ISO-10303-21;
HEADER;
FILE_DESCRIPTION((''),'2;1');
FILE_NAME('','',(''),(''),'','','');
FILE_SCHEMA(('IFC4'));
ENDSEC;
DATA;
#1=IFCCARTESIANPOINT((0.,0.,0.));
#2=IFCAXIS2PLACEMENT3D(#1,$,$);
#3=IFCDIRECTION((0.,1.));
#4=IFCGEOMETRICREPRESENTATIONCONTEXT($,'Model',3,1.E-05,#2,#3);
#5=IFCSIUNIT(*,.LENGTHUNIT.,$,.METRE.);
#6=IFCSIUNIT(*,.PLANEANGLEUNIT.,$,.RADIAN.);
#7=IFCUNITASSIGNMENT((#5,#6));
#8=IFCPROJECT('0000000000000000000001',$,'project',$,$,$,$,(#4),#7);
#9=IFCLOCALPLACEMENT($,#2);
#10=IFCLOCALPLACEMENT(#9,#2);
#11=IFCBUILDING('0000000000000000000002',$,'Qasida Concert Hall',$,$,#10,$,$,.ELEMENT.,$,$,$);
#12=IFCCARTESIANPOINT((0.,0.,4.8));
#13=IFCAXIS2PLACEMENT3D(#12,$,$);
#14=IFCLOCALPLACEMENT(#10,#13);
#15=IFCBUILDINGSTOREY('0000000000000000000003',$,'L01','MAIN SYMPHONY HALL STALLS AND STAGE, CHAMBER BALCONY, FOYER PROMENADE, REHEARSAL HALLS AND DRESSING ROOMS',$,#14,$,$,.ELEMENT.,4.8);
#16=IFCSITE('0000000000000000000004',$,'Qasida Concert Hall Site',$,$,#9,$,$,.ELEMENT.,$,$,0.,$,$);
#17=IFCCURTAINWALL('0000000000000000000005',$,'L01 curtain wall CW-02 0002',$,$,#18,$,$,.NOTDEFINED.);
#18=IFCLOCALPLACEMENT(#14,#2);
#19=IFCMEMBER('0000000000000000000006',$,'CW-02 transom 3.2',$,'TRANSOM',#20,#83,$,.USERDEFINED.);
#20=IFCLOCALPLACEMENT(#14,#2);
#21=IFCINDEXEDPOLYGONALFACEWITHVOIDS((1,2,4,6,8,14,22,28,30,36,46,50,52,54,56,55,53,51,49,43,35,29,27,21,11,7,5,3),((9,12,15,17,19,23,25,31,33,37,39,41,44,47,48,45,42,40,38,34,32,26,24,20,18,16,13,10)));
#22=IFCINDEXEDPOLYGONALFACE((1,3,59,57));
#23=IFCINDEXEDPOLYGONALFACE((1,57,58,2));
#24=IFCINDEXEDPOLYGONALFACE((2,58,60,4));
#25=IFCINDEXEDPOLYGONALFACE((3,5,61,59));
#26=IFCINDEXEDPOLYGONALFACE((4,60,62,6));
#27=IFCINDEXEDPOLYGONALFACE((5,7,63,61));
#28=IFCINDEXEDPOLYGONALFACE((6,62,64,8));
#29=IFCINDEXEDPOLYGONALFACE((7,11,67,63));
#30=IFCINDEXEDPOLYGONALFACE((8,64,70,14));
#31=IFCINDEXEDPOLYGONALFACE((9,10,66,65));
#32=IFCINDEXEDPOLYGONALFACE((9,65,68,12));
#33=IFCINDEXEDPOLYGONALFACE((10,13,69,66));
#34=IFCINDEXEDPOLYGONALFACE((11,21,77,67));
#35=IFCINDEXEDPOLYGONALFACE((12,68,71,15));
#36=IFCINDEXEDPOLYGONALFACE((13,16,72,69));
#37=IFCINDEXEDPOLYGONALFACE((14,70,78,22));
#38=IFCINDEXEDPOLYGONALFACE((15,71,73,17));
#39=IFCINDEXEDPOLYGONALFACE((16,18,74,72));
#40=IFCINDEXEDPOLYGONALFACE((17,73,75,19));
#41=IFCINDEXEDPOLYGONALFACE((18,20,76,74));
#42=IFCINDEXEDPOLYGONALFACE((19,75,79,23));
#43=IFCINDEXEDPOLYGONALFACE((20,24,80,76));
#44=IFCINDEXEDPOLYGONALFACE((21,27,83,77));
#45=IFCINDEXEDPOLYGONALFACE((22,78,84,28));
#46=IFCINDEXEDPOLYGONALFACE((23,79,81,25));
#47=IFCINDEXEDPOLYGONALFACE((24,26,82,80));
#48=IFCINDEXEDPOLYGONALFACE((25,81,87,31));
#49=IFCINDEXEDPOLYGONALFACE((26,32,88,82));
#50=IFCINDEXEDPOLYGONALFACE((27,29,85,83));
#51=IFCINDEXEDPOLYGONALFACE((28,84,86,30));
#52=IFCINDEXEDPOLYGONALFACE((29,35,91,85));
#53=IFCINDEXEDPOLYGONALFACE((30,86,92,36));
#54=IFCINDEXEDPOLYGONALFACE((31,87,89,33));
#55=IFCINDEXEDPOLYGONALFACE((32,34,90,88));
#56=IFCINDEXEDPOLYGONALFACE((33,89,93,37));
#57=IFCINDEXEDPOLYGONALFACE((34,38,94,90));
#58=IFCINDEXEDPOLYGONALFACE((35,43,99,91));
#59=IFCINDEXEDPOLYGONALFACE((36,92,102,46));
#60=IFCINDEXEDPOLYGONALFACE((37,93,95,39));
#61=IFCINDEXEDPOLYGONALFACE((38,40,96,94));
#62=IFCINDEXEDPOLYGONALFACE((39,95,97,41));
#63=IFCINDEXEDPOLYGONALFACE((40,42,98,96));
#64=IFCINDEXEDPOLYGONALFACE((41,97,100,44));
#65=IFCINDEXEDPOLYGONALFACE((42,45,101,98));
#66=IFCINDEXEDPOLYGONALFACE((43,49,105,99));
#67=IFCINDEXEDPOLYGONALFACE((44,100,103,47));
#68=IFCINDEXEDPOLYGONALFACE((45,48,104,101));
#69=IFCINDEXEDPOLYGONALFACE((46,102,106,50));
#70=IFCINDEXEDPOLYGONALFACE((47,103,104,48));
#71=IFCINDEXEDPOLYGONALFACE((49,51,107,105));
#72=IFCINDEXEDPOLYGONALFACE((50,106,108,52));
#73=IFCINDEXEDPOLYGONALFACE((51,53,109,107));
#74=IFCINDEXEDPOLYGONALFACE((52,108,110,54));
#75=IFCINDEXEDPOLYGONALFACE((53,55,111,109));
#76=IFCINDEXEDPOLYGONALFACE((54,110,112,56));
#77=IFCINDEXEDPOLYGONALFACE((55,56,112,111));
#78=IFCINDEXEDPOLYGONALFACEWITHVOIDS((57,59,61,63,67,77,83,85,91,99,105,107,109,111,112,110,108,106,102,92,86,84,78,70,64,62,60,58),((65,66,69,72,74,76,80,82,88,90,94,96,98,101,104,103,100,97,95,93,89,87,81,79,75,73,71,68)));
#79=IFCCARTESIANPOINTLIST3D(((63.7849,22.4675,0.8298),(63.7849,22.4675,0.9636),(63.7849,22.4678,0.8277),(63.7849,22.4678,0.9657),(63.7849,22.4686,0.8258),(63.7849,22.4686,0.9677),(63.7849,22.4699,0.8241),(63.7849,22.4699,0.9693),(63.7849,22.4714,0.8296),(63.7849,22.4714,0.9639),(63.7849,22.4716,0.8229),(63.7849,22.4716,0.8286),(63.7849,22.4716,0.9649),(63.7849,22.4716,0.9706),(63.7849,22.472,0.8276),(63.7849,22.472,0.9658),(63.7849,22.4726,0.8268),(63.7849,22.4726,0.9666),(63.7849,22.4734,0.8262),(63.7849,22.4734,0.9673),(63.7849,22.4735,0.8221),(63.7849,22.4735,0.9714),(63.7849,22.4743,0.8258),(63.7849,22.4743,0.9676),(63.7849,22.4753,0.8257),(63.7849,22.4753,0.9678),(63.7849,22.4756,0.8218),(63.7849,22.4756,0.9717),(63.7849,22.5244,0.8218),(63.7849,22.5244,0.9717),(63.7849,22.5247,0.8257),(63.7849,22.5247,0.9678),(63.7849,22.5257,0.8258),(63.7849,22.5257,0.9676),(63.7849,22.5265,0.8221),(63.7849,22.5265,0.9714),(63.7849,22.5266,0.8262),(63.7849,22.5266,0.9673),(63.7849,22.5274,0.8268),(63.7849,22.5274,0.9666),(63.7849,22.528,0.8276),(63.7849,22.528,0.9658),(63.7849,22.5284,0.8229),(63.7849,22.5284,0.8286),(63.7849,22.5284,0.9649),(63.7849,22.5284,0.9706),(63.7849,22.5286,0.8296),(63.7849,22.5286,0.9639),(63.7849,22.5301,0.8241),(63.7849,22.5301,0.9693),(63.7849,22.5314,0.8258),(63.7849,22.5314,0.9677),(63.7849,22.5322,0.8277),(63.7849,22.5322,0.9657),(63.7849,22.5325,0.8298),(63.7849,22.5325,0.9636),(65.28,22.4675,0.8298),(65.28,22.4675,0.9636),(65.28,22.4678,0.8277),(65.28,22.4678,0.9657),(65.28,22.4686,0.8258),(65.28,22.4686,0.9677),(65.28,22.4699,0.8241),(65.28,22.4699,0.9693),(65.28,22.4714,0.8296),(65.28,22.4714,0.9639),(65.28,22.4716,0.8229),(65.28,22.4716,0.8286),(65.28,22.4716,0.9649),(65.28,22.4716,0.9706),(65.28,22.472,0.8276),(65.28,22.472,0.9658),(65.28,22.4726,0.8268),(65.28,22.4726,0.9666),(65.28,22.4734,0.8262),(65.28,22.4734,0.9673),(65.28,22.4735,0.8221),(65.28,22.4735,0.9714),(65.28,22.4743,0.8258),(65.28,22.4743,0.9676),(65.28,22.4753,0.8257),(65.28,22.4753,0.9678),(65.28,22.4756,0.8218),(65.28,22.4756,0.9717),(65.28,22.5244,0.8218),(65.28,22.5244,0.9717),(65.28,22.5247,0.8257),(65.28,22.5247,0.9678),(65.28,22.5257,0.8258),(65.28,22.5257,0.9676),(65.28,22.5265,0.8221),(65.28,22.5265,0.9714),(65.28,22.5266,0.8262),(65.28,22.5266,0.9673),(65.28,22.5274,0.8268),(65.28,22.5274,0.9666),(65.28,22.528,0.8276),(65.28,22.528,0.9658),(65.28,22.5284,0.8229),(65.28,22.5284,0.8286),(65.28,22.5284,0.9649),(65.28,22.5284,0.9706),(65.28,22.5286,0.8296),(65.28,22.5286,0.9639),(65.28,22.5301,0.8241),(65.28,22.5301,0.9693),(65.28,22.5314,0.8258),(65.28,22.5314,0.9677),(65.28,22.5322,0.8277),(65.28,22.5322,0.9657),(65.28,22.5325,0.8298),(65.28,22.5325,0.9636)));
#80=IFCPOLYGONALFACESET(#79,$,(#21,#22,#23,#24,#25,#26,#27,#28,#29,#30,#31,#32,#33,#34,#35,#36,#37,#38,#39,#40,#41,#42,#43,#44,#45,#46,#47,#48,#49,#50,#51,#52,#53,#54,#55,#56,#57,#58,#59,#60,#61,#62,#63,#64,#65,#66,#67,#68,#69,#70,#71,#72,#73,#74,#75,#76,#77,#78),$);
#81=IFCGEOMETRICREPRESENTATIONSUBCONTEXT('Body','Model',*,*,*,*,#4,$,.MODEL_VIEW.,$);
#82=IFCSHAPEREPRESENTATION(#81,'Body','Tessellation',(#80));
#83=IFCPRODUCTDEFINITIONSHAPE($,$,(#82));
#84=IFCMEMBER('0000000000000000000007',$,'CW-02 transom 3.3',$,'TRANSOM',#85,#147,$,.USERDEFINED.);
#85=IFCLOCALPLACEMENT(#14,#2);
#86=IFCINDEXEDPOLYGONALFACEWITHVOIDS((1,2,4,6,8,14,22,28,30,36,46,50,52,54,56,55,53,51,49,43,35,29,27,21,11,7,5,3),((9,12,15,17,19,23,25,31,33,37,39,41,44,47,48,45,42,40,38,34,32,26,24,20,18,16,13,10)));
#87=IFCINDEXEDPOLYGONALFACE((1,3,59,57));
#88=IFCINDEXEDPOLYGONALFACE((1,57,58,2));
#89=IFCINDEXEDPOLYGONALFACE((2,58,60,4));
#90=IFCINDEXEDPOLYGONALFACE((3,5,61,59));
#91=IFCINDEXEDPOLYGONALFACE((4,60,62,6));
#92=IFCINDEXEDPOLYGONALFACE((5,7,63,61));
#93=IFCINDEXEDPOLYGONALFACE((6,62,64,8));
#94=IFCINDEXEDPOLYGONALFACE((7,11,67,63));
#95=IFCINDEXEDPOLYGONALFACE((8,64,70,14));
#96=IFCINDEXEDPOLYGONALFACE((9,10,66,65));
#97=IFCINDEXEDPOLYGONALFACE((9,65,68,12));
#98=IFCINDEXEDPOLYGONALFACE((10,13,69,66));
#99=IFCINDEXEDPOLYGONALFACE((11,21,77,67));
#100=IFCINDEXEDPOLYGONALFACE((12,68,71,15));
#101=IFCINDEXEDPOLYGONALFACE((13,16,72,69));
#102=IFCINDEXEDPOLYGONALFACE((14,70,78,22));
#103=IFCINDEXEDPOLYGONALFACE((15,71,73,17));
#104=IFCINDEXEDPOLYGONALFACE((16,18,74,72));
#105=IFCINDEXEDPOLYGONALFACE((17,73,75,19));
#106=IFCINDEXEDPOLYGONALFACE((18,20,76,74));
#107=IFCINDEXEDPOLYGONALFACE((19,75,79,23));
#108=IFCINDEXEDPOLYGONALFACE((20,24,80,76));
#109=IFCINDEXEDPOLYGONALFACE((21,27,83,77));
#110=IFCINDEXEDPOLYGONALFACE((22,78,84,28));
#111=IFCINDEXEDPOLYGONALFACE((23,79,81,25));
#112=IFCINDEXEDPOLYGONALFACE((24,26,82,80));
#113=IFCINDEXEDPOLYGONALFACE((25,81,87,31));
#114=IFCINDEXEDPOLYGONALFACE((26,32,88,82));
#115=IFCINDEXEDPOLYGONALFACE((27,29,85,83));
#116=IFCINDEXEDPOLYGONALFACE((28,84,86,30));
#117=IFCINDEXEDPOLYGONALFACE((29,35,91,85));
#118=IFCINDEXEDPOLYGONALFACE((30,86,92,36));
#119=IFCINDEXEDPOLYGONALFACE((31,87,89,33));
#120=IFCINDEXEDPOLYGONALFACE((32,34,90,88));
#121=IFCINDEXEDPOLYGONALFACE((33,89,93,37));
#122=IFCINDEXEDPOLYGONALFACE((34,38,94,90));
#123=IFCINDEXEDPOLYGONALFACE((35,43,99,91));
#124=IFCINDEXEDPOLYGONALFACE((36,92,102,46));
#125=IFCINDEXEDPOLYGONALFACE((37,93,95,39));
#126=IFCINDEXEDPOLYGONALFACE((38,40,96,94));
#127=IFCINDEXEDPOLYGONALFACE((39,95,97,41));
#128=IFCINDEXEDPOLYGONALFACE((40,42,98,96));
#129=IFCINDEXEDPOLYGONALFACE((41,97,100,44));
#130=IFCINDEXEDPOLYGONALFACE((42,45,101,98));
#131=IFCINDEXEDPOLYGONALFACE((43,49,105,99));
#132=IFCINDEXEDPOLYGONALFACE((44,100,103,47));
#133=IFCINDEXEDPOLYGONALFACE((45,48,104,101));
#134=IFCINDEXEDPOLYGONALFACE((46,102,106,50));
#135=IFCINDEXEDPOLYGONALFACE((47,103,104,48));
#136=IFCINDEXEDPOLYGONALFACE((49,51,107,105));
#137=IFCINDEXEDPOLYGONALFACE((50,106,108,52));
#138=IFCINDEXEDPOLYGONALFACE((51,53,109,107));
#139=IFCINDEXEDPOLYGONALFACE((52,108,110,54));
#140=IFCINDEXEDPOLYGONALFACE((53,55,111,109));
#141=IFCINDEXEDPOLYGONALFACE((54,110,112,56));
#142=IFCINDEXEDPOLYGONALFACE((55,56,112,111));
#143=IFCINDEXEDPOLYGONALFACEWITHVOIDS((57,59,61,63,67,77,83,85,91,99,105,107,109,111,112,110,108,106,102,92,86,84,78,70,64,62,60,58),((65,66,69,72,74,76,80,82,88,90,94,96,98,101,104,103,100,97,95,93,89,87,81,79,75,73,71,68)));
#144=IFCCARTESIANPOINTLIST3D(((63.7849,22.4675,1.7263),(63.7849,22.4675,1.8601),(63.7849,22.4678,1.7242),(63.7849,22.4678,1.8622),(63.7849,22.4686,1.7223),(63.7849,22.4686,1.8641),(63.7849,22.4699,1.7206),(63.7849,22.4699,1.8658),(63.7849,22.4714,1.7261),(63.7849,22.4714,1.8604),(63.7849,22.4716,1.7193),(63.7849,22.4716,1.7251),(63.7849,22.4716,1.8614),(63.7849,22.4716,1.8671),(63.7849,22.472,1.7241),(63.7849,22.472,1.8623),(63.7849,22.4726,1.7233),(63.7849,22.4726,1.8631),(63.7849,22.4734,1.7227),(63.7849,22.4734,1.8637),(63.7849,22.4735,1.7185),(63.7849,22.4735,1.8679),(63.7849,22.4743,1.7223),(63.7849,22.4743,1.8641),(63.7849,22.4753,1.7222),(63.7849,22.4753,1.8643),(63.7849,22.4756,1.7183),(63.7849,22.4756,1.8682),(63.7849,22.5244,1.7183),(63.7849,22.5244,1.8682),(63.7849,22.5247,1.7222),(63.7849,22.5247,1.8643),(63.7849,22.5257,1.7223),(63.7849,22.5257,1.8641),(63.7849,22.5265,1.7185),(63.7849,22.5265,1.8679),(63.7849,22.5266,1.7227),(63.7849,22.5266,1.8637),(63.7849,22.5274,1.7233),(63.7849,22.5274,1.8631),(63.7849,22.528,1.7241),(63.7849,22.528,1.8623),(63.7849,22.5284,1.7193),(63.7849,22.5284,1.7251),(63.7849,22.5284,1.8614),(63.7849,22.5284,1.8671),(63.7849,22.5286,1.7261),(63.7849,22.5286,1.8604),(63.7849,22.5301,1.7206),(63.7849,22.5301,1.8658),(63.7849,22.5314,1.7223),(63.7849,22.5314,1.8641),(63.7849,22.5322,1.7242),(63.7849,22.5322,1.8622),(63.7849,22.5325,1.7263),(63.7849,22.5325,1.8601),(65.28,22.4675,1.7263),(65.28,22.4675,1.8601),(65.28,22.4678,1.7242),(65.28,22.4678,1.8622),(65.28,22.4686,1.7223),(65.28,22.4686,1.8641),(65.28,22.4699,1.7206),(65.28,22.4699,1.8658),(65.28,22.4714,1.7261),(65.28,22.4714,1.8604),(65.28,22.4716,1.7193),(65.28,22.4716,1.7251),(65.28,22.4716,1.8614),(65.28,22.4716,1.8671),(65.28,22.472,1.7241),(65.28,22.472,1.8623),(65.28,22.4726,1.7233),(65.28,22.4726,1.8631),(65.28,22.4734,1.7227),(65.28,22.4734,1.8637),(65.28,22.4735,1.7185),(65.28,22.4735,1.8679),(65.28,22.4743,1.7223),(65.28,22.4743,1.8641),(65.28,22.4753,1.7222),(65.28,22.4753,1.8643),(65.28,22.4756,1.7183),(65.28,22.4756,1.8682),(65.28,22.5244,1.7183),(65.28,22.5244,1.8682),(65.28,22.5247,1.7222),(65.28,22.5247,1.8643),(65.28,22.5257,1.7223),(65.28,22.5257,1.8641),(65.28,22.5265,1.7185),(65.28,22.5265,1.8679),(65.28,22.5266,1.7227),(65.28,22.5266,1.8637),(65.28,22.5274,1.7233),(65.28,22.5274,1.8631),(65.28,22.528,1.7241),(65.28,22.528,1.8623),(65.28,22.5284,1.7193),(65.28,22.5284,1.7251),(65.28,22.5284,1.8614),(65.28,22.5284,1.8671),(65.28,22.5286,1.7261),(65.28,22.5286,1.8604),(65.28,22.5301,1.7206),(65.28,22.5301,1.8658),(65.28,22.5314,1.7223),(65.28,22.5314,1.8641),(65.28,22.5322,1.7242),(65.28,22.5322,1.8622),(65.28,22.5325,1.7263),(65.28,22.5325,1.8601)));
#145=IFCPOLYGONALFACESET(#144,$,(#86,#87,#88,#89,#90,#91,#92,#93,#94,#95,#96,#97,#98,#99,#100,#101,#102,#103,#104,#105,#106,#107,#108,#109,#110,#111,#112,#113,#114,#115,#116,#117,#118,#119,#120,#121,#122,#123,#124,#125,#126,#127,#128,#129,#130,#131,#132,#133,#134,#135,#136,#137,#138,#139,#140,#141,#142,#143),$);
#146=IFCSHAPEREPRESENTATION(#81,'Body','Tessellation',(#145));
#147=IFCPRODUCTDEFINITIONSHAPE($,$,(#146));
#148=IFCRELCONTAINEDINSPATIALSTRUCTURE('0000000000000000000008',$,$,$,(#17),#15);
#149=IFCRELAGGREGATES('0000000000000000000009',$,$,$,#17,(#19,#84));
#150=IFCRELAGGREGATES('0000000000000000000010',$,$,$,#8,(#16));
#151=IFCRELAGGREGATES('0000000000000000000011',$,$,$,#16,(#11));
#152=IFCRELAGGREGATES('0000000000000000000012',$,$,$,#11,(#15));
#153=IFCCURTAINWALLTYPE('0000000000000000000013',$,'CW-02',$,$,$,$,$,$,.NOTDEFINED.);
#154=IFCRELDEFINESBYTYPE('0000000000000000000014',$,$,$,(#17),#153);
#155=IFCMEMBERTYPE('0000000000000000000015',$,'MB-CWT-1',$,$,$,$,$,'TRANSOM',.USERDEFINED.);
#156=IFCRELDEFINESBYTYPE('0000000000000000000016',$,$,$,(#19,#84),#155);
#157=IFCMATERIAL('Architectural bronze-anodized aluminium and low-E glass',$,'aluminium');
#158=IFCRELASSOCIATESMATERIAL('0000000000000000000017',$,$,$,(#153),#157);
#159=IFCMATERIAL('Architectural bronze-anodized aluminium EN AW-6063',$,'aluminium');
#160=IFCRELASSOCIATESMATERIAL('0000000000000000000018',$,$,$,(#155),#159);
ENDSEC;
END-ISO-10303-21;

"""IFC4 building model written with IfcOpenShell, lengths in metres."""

from ifc_helpers import new_model, si_unit, direction, frame, origin, origin_2d, place, context, subcontext, project, spatial, hollow_rectangle, extrude, material, material_profile, profile_set, type_object, element, aggregate, save


model = new_model("IFC4")

# Units and contexts
model_context = context("Model", 3, precision=1e-05, world=origin(), true_north=direction((0.0, 1.0)))
body_context = subcontext(model_context, "Body", "Model", "MODEL_VIEW")
ifc_project = project(units=[si_unit("LENGTHUNIT", "METRE"), si_unit("PLANEANGLEUNIT", "RADIAN")], contexts=[model_context])

# Site, building, storey
site_placement = place(None, origin())
site = spatial("IfcSite", under=ifc_project, at=site_placement, Name="Qasida Concert Hall Site", CompositionType="ELEMENT", RefElevation=0.0)
building_placement = place(site_placement, origin())
building = spatial("IfcBuilding", under=site, at=building_placement, Name="Qasida Concert Hall", CompositionType="ELEMENT")
storey_placement = place(building_placement, frame((0.0, 0.0, 4.8)))
storey = spatial("IfcBuildingStorey", under=building, at=storey_placement, Name="L01", Description="MAIN SYMPHONY HALL STALLS AND STAGE, CHAMBER BALCONY, FOYER PROMENADE, REHEARSAL HALLS AND DRESSING ROOMS", CompositionType="ELEMENT", Elevation=4.8)

# Curtain wall, members
ifc_material_1 = material(Name="Architectural bronze-anodized aluminium and low-E glass", Category="aluminium")
curtain_wall_type = type_object("IfcCurtainWallType", Name="CW-02", PredefinedType="NOTDEFINED", material=ifc_material_1)
curtain_wall_placement = place(storey_placement, origin())
curtain_wall = element("IfcCurtainWall", 1, at=curtain_wall_placement, inside=storey, type_object=curtain_wall_type, Name="L01 curtain wall CW-02 0002", PredefinedType="NOTDEFINED")
ifc_material_2 = material(Name="Architectural bronze-anodized aluminium EN AW-6063", Category="aluminium")
ifc_material_profile_1 = material_profile(ifc_material_2, hollow_rectangle(XDim=0.0649, YDim=0.1499, WallThickness=0.0039, InnerFilletRadius=0.0039, OuterFilletRadius=0.0081, at=origin_2d()), Name="CWT 150x65x4")
ifc_profile_set_1 = profile_set([ifc_material_profile_1], Name="Architectural bronze-anodized aluminium EN AW-6063")
member_type_1 = type_object("IfcMemberType", Name="MB-CWT-1", ElementType="TRANSOM", PredefinedType="USERDEFINED", material=ifc_profile_set_1)
member_1_placement = place(storey_placement, frame((63.7849, 22.5, 0.8967), z_axis=(1.0, 0.0, 0.0), x_axis=(0.0, 1.0, 0.0)))
member_1 = element("IfcMember", 2, at=member_1_placement, type_object=member_type_1, Name="CW-02 transom 3.2", ObjectType="TRANSOM", PredefinedType="USERDEFINED", context=body_context, shape_type="SweptSolid", body=[
    extrude(hollow_rectangle(XDim=0.0649, YDim=0.1499, WallThickness=0.0039, InnerFilletRadius=0.0039, OuterFilletRadius=0.0081, at=origin_2d()), origin(), (0.0, 0.0, 1.0), 1.4951),
])
member_2_placement = place(storey_placement, frame((63.7849, 22.5, 1.7932), z_axis=(1.0, 0.0, 0.0), x_axis=(0.0, 1.0, 0.0)))
member_2 = element("IfcMember", 3, at=member_2_placement, type_object=member_type_1, Name="CW-02 transom 3.3", ObjectType="TRANSOM", PredefinedType="USERDEFINED", context=body_context, shape_type="SweptSolid", body=[
    extrude(hollow_rectangle(XDim=0.0649, YDim=0.1499, WallThickness=0.0039, InnerFilletRadius=0.0039, OuterFilletRadius=0.0081, at=origin_2d()), origin(), (0.0, 0.0, 1.0), 1.4951),
])
aggregate(curtain_wall, [member_1, member_2])

save(model, "model.ifc")
